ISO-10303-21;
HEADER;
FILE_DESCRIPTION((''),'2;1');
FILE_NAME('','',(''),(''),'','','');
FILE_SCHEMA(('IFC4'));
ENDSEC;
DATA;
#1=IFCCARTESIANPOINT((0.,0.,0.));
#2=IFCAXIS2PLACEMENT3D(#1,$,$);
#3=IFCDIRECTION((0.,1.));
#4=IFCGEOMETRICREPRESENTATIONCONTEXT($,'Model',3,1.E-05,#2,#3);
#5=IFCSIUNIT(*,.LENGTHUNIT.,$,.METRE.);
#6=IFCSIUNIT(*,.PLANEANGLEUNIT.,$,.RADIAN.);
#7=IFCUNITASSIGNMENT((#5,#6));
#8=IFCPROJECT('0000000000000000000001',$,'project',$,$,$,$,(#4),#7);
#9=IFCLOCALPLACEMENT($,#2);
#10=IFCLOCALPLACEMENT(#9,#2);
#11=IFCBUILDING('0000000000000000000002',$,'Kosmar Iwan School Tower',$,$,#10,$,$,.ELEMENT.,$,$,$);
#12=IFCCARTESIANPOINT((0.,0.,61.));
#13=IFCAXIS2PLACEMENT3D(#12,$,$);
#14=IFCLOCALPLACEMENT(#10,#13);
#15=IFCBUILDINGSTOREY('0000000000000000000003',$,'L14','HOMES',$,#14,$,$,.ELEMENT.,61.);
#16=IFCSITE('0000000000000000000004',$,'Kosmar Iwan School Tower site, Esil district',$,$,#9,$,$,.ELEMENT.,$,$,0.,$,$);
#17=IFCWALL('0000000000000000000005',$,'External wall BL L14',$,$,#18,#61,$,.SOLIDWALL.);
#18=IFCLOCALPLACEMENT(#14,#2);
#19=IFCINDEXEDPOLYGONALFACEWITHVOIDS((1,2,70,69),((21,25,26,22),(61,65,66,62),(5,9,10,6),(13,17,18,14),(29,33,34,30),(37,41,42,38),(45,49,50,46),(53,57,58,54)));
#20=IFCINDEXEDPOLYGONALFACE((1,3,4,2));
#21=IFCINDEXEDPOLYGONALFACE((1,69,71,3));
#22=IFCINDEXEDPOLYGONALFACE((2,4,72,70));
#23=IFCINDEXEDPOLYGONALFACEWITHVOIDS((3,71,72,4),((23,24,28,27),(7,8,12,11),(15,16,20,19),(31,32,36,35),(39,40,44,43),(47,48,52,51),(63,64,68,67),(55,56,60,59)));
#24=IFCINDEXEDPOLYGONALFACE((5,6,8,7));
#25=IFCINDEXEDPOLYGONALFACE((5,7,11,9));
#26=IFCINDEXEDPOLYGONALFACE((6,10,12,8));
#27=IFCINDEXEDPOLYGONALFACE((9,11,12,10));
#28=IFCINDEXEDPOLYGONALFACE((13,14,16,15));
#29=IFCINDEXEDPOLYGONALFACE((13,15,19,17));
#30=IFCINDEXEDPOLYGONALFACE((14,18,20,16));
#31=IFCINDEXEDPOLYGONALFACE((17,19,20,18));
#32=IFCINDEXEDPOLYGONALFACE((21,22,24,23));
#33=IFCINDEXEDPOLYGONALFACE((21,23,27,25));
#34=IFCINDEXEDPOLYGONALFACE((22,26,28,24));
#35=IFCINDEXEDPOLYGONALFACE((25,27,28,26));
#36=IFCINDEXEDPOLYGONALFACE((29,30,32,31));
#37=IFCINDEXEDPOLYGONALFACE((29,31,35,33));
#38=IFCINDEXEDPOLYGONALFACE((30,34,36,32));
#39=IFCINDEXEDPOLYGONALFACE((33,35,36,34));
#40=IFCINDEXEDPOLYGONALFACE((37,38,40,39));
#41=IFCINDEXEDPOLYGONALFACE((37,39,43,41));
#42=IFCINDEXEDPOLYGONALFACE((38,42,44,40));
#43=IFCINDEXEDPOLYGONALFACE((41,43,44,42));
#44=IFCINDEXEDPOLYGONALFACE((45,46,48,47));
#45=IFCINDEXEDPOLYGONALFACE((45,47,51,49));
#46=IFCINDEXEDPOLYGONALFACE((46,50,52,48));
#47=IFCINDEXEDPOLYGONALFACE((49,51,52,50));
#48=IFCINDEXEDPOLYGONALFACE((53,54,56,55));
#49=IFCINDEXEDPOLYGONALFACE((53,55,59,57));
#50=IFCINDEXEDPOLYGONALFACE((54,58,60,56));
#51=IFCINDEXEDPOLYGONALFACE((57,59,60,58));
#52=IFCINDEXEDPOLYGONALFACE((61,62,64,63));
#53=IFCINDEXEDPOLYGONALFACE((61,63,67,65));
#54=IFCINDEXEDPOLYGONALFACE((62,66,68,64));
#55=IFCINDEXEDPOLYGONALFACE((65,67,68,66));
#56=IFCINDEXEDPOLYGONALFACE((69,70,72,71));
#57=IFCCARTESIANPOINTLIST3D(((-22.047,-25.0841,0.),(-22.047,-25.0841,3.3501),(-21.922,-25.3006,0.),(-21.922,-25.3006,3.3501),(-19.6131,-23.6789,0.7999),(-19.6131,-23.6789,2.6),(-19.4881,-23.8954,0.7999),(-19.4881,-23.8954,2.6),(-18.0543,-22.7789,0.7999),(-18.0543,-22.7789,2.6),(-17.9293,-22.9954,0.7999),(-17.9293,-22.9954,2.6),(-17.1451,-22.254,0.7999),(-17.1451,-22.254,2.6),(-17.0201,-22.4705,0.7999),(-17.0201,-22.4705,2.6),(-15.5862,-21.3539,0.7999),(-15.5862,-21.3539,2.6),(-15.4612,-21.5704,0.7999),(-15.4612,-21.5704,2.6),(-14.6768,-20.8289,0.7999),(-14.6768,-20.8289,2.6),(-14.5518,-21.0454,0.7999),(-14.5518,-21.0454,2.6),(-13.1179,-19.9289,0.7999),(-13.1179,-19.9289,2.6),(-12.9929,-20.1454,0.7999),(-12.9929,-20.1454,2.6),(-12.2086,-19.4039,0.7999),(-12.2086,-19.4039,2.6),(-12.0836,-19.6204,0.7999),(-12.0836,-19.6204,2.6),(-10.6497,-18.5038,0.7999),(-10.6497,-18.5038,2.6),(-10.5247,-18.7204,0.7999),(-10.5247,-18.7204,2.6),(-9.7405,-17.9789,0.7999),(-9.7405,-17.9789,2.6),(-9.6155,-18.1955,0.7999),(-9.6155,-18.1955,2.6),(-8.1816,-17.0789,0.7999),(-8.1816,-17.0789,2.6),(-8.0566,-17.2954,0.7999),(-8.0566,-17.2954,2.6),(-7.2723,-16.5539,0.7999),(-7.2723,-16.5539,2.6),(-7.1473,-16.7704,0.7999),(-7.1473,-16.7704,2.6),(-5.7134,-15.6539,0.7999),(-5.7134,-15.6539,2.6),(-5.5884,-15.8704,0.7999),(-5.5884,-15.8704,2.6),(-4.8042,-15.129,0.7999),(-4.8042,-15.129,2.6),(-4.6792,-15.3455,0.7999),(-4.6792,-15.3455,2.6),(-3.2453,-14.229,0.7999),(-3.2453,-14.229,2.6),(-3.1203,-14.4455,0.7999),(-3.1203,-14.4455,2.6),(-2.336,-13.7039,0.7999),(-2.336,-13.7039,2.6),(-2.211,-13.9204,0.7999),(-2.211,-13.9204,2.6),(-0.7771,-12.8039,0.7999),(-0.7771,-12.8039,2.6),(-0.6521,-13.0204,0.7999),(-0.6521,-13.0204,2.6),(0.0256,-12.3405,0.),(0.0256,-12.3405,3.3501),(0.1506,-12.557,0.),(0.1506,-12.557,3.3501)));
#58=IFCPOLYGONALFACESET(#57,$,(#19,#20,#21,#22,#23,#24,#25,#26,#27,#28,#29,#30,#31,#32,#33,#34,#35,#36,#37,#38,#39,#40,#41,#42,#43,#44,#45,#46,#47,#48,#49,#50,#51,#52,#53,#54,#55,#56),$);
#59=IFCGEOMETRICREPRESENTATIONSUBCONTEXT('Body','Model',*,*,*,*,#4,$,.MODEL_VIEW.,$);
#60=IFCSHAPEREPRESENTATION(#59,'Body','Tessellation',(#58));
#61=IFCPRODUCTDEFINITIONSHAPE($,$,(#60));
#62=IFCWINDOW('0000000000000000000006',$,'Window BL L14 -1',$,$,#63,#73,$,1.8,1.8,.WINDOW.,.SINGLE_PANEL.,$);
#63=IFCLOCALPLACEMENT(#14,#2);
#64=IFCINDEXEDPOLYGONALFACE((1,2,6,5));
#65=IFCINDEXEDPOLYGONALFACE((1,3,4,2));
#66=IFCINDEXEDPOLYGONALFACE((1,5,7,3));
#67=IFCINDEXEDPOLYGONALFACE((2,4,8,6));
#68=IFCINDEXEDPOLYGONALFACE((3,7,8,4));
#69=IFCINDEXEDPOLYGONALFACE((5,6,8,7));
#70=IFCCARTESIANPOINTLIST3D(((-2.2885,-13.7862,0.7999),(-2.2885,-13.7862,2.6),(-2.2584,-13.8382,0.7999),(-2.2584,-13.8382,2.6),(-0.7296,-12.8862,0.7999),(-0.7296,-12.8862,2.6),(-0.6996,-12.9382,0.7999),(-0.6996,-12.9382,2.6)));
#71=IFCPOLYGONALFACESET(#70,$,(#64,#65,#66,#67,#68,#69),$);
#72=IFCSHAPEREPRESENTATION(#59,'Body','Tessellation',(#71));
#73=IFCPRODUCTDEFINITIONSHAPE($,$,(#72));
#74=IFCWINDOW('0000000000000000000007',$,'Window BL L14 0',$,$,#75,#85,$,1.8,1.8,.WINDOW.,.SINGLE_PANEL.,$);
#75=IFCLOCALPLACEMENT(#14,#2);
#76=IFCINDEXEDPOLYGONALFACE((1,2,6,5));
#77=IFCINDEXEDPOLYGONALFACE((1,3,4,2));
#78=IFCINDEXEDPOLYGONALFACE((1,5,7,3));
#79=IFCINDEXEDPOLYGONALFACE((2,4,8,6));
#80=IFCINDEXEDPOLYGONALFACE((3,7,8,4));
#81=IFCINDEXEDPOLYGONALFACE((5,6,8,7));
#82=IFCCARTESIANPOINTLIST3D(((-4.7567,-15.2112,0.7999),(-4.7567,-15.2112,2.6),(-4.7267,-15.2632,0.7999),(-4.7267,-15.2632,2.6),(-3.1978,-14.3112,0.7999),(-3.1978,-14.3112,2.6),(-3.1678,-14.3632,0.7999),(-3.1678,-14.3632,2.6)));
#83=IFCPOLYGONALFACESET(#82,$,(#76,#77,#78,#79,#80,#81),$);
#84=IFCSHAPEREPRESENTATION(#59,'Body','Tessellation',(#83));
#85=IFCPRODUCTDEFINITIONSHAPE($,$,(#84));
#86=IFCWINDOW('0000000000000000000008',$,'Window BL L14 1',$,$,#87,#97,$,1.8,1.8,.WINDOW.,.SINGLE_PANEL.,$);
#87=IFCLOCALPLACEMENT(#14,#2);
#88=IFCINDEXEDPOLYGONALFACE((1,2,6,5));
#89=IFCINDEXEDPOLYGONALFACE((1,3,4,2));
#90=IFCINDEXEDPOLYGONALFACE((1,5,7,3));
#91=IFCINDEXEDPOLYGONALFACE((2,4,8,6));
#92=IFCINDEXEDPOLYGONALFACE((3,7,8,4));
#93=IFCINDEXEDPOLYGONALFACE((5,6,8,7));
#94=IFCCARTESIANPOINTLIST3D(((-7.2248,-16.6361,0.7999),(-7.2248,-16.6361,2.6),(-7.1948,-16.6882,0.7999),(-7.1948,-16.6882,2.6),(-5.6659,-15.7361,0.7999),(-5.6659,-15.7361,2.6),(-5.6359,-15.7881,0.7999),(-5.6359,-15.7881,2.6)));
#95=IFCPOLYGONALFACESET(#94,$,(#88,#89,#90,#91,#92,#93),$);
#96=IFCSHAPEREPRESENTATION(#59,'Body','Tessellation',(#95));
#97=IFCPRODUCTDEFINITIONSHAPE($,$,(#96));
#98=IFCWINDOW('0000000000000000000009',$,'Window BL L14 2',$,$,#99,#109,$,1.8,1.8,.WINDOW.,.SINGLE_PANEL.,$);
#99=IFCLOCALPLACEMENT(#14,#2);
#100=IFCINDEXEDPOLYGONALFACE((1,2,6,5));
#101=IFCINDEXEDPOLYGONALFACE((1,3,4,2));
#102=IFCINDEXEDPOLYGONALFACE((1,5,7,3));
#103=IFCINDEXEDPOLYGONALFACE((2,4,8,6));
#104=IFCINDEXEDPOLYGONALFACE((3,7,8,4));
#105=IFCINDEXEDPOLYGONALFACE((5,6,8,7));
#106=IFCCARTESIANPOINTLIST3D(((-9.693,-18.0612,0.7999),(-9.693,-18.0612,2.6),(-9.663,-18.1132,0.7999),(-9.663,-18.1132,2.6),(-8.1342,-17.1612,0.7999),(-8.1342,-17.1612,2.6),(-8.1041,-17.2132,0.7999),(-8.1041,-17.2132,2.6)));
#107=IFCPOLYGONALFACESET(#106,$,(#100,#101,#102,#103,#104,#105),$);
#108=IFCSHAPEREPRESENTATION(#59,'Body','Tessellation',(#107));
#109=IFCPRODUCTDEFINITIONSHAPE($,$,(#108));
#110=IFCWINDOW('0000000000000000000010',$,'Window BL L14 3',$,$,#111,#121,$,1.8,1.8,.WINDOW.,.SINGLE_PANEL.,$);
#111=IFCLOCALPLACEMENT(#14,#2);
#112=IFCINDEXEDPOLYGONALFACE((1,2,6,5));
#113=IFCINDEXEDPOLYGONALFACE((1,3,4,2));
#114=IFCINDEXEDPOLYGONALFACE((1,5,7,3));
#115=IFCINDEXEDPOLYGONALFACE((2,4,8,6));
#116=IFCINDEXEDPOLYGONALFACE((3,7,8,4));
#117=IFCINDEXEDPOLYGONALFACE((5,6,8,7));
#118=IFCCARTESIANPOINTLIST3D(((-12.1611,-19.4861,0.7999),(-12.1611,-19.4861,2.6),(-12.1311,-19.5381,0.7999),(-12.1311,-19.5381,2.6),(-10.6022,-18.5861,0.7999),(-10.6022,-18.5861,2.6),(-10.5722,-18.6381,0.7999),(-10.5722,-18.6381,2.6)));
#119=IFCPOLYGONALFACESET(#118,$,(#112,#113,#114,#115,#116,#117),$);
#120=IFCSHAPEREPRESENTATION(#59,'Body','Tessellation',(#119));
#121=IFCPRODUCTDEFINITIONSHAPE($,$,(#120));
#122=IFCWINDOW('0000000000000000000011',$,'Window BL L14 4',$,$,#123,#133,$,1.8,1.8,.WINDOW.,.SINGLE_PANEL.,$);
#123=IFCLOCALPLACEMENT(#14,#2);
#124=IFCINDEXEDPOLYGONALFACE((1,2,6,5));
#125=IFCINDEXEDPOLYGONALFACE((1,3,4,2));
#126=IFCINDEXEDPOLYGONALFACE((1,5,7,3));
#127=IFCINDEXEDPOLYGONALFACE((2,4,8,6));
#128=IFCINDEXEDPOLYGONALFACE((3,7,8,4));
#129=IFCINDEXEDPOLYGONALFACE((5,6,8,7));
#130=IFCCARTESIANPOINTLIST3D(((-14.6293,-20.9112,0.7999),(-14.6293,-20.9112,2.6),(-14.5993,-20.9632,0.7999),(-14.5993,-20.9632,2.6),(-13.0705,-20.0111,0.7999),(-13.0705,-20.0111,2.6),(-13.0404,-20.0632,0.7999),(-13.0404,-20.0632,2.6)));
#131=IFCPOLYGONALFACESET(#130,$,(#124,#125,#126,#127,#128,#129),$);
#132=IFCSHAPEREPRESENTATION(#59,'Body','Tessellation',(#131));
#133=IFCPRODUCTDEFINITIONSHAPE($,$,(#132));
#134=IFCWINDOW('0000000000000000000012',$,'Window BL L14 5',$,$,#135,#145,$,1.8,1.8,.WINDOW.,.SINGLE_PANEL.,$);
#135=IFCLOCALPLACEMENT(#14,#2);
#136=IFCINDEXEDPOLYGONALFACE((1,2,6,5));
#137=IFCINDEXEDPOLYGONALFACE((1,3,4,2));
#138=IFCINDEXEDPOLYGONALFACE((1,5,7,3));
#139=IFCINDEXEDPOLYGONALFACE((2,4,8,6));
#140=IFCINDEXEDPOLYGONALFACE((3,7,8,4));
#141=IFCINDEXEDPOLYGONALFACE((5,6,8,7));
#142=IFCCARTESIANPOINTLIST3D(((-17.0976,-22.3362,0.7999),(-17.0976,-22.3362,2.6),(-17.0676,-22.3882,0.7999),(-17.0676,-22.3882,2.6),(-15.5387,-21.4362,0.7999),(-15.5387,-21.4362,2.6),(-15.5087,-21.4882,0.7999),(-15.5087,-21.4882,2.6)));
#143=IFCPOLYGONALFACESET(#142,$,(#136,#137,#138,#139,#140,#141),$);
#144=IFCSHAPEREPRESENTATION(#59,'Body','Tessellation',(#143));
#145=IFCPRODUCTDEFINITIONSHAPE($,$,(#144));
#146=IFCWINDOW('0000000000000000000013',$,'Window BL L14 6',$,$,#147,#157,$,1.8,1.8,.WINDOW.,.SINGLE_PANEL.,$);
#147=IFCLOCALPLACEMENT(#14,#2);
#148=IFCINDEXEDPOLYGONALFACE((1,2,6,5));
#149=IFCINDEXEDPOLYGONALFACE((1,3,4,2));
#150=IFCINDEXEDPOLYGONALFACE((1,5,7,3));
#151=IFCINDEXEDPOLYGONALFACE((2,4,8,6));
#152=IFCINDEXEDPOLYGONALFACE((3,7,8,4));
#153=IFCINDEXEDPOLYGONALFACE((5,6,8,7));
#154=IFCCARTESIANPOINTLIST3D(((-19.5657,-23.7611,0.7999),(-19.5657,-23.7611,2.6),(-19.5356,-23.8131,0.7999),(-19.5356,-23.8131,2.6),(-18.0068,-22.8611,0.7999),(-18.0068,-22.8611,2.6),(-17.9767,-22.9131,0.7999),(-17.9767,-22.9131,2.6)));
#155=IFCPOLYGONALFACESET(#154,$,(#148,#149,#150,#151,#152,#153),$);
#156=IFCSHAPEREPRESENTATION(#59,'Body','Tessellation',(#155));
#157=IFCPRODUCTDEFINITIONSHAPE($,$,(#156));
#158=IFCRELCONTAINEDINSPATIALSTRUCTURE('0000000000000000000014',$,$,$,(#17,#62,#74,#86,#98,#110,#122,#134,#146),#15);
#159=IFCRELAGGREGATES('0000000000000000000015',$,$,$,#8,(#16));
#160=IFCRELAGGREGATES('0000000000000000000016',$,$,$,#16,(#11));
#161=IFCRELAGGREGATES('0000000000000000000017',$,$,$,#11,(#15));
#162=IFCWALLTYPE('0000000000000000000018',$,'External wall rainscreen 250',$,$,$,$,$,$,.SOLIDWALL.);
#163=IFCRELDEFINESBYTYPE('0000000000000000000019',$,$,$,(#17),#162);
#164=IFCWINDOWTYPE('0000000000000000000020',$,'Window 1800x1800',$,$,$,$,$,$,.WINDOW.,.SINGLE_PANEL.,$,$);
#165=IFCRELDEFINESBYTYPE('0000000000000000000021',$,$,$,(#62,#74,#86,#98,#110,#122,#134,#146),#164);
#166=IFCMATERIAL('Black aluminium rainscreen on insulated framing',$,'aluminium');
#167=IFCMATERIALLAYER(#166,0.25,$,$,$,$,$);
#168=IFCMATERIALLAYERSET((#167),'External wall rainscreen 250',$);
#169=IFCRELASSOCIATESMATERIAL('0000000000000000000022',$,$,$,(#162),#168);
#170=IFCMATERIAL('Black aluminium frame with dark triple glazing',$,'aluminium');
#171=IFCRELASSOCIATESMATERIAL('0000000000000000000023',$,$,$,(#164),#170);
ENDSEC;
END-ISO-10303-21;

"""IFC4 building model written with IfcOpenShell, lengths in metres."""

from ifc_helpers import new_model, si_unit, direction, frame, frame_2d, origin, place, context, subcontext, project, spatial, rectangle, extrude, material, layer, layer_set, type_object, element, fill, save


model = new_model("IFC4")

# Units and contexts
model_context = context("Model", 3, precision=1e-05, world=origin(), true_north=direction((0.0, 1.0)))
body_context = subcontext(model_context, "Body", "Model", "MODEL_VIEW")
ifc_project = project(units=[si_unit("LENGTHUNIT", "METRE"), si_unit("PLANEANGLEUNIT", "RADIAN")], contexts=[model_context])

# Site, building, storey
site_placement = place(None, origin())
site = spatial("IfcSite", under=ifc_project, at=site_placement, Name="Kosmar Iwan School Tower site, Esil district", CompositionType="ELEMENT", RefElevation=0.0)
building_placement = place(site_placement, origin())
building = spatial("IfcBuilding", under=site, at=building_placement, Name="Kosmar Iwan School Tower", CompositionType="ELEMENT")
storey_placement = place(building_placement, frame((0.0, 0.0, 61.0)))
storey = spatial("IfcBuildingStorey", under=building, at=storey_placement, Name="L14", Description="HOMES", CompositionType="ELEMENT", Elevation=61.0)

# Wall, openings, windows
ifc_material_1 = material(Name="Black aluminium rainscreen on insulated framing", Category="aluminium")
ifc_layer = layer(ifc_material_1, 0.25)
ifc_layer_set = layer_set([ifc_layer], Name="External wall rainscreen 250")
wall_type = type_object("IfcWallType", Name="External wall rainscreen 250", PredefinedType="SOLIDWALL", material=ifc_layer_set)
wall_1_placement = place(storey_placement, frame((0.0881, -12.4487, 0.0), z_axis=(0.0, 0.0, 1.0), x_axis=(-0.866026, -0.499998, 0.0)))
wall_1 = element("IfcWall", 1, at=wall_1_placement, inside=storey, type_object=wall_type, Name="External wall BL L14", PredefinedType="SOLIDWALL", context=body_context, shape_type="SweptSolid", body=[
    extrude(rectangle(XDim=25.4873, YDim=0.25, at=frame_2d((12.7437, 0.0))), origin(), (0.0, 0.0, 1.0), 3.3501),
])
opening_1_placement = place(wall_1_placement, frame((0.927, 0.0, 0.8)))
opening_1 = element("IfcOpeningElement", 2, at=opening_1_placement, cuts=wall_1, PredefinedType="OPENING", context=body_context, shape_type="SweptSolid", body=[
    extrude(rectangle(XDim=1.8, YDim=1.8, at=frame_2d((0.8999, 0.8999))), frame((0.0, 0.137, 0.0), z_axis=(0.0, -1.0, 0.0), x_axis=(1.0, 0.0, 0.0)), (0.0, 0.0, 1.0), 0.2739),
])
opening_2_placement = place(wall_1_placement, frame((3.7771, 0.0, 0.8)))
opening_2 = element("IfcOpeningElement", 3, at=opening_2_placement, cuts=wall_1, PredefinedType="OPENING", context=body_context, shape_type="SweptSolid", body=[
    extrude(rectangle(XDim=1.8, YDim=1.8, at=frame_2d((0.8999, 0.8999))), frame((0.0, 0.137, 0.0), z_axis=(0.0, -1.0, 0.0), x_axis=(1.0, 0.0, 0.0)), (0.0, 0.0, 1.0), 0.2739),
])
opening_3_placement = place(wall_1_placement, frame((6.627, 0.0, 0.8)))
opening_3 = element("IfcOpeningElement", 4, at=opening_3_placement, cuts=wall_1, PredefinedType="OPENING", context=body_context, shape_type="SweptSolid", body=[
    extrude(rectangle(XDim=1.8, YDim=1.8, at=frame_2d((0.8999, 0.8999))), frame((0.0, 0.137, 0.0), z_axis=(0.0, -1.0, 0.0), x_axis=(1.0, 0.0, 0.0)), (0.0, 0.0, 1.0), 0.2739),
])
opening_4_placement = place(wall_1_placement, frame((9.4771, 0.0, 0.8)))
opening_4 = element("IfcOpeningElement", 5, at=opening_4_placement, cuts=wall_1, PredefinedType="OPENING", context=body_context, shape_type="SweptSolid", body=[
    extrude(rectangle(XDim=1.8, YDim=1.8, at=frame_2d((0.8999, 0.8999))), frame((0.0, 0.137, 0.0), z_axis=(0.0, -1.0, 0.0), x_axis=(1.0, 0.0, 0.0)), (0.0, 0.0, 1.0), 0.2739),
])
opening_5_placement = place(wall_1_placement, frame((12.3269, 0.0, 0.8)))
opening_5 = element("IfcOpeningElement", 6, at=opening_5_placement, cuts=wall_1, PredefinedType="OPENING", context=body_context, shape_type="SweptSolid", body=[
    extrude(rectangle(XDim=1.8, YDim=1.8, at=frame_2d((0.8999, 0.8999))), frame((0.0, 0.137, 0.0), z_axis=(0.0, -1.0, 0.0), x_axis=(1.0, 0.0, 0.0)), (0.0, 0.0, 1.0), 0.2739),
])
opening_6_placement = place(wall_1_placement, frame((15.177, 0.0, 0.8)))
opening_6 = element("IfcOpeningElement", 7, at=opening_6_placement, cuts=wall_1, PredefinedType="OPENING", context=body_context, shape_type="SweptSolid", body=[
    extrude(rectangle(XDim=1.8, YDim=1.8, at=frame_2d((0.8999, 0.8999))), frame((0.0, 0.137, 0.0), z_axis=(0.0, -1.0, 0.0), x_axis=(1.0, 0.0, 0.0)), (0.0, 0.0, 1.0), 0.2739),
])
opening_7_placement = place(wall_1_placement, frame((18.0271, 0.0, 0.8)))
opening_7 = element("IfcOpeningElement", 8, at=opening_7_placement, cuts=wall_1, PredefinedType="OPENING", context=body_context, shape_type="SweptSolid", body=[
    extrude(rectangle(XDim=1.8, YDim=1.8, at=frame_2d((0.8999, 0.8999))), frame((0.0, 0.137, 0.0), z_axis=(0.0, -1.0, 0.0), x_axis=(1.0, 0.0, 0.0)), (0.0, 0.0, 1.0), 0.2739),
])
opening_8_placement = place(wall_1_placement, frame((20.877, 0.0, 0.8)))
opening_8 = element("IfcOpeningElement", 9, at=opening_8_placement, cuts=wall_1, PredefinedType="OPENING", context=body_context, shape_type="SweptSolid", body=[
    extrude(rectangle(XDim=1.8, YDim=1.8, at=frame_2d((0.8999, 0.8999))), frame((0.0, 0.137, 0.0), z_axis=(0.0, -1.0, 0.0), x_axis=(1.0, 0.0, 0.0)), (0.0, 0.0, 1.0), 0.2739),
])
ifc_material_2 = material(Name="Black aluminium frame with dark triple glazing", Category="aluminium")
window_type = type_object("IfcWindowType", Name="Window 1800x1800", PartitioningType="SINGLE_PANEL", PredefinedType="WINDOW", material=ifc_material_2)
window_1_placement = place(opening_1_placement, origin())
window_1 = element("IfcWindow", 10, at=window_1_placement, inside=storey, type_object=window_type, Name="Window BL L14 -1", OverallHeight=1.8, OverallWidth=1.8, PartitioningType="SINGLE_PANEL", PredefinedType="WINDOW", context=body_context, shape_type="SweptSolid", body=[
    extrude(rectangle(XDim=1.8, YDim=1.8, at=frame_2d((0.8999, 0.8999))), frame((0.0, 0.03, 0.0), z_axis=(0.0, -1.0, 0.0), x_axis=(1.0, 0.0, 0.0)), (0.0, 0.0, 1.0), 0.0601),
])
fill(opening_1, window_1)
window_2_placement = place(opening_2_placement, origin())
window_2 = element("IfcWindow", 11, at=window_2_placement, inside=storey, type_object=window_type, Name="Window BL L14 0", OverallHeight=1.8, OverallWidth=1.8, PartitioningType="SINGLE_PANEL", PredefinedType="WINDOW", context=body_context, shape_type="SweptSolid", body=[
    extrude(rectangle(XDim=1.8, YDim=1.8, at=frame_2d((0.8999, 0.8999))), frame((0.0, 0.03, 0.0), z_axis=(0.0, -1.0, 0.0), x_axis=(1.0, 0.0, 0.0)), (0.0, 0.0, 1.0), 0.0601),
])
fill(opening_2, window_2)
window_3_placement = place(opening_3_placement, origin())
window_3 = element("IfcWindow", 12, at=window_3_placement, inside=storey, type_object=window_type, Name="Window BL L14 1", OverallHeight=1.8, OverallWidth=1.8, PartitioningType="SINGLE_PANEL", PredefinedType="WINDOW", context=body_context, shape_type="SweptSolid", body=[
    extrude(rectangle(XDim=1.8, YDim=1.8, at=frame_2d((0.8999, 0.8999))), frame((0.0, 0.03, 0.0), z_axis=(0.0, -1.0, 0.0), x_axis=(1.0, 0.0, 0.0)), (0.0, 0.0, 1.0), 0.0601),
])
fill(opening_3, window_3)
window_4_placement = place(opening_4_placement, origin())
window_4 = element("IfcWindow", 13, at=window_4_placement, inside=storey, type_object=window_type, Name="Window BL L14 2", OverallHeight=1.8, OverallWidth=1.8, PartitioningType="SINGLE_PANEL", PredefinedType="WINDOW", context=body_context, shape_type="SweptSolid", body=[
    extrude(rectangle(XDim=1.8, YDim=1.8, at=frame_2d((0.8999, 0.8999))), frame((0.0, 0.03, 0.0), z_axis=(0.0, -1.0, 0.0), x_axis=(1.0, 0.0, 0.0)), (0.0, 0.0, 1.0), 0.0601),
])
fill(opening_4, window_4)
window_5_placement = place(opening_5_placement, origin())
window_5 = element("IfcWindow", 14, at=window_5_placement, inside=storey, type_object=window_type, Name="Window BL L14 3", OverallHeight=1.8, OverallWidth=1.8, PartitioningType="SINGLE_PANEL", PredefinedType="WINDOW", context=body_context, shape_type="SweptSolid", body=[
    extrude(rectangle(XDim=1.8, YDim=1.8, at=frame_2d((0.8999, 0.8999))), frame((0.0, 0.03, 0.0), z_axis=(0.0, -1.0, 0.0), x_axis=(1.0, 0.0, 0.0)), (0.0, 0.0, 1.0), 0.0601),
])
fill(opening_5, window_5)
window_6_placement = place(opening_6_placement, origin())
window_6 = element("IfcWindow", 15, at=window_6_placement, inside=storey, type_object=window_type, Name="Window BL L14 4", OverallHeight=1.8, OverallWidth=1.8, PartitioningType="SINGLE_PANEL", PredefinedType="WINDOW", context=body_context, shape_type="SweptSolid", body=[
    extrude(rectangle(XDim=1.8, YDim=1.8, at=frame_2d((0.8999, 0.8999))), frame((0.0, 0.03, 0.0), z_axis=(0.0, -1.0, 0.0), x_axis=(1.0, 0.0, 0.0)), (0.0, 0.0, 1.0), 0.0601),
])
fill(opening_6, window_6)
window_7_placement = place(opening_7_placement, origin())
window_7 = element("IfcWindow", 16, at=window_7_placement, inside=storey, type_object=window_type, Name="Window BL L14 5", OverallHeight=1.8, OverallWidth=1.8, PartitioningType="SINGLE_PANEL", PredefinedType="WINDOW", context=body_context, shape_type="SweptSolid", body=[
    extrude(rectangle(XDim=1.8, YDim=1.8, at=frame_2d((0.8999, 0.8999))), frame((0.0, 0.03, 0.0), z_axis=(0.0, -1.0, 0.0), x_axis=(1.0, 0.0, 0.0)), (0.0, 0.0, 1.0), 0.0601),
])
fill(opening_7, window_7)
window_8_placement = place(opening_8_placement, origin())
window_8 = element("IfcWindow", 17, at=window_8_placement, inside=storey, type_object=window_type, Name="Window BL L14 6", OverallHeight=1.8, OverallWidth=1.8, PartitioningType="SINGLE_PANEL", PredefinedType="WINDOW", context=body_context, shape_type="SweptSolid", body=[
    extrude(rectangle(XDim=1.8, YDim=1.8, at=frame_2d((0.8999, 0.8999))), frame((0.0, 0.03, 0.0), z_axis=(0.0, -1.0, 0.0), x_axis=(1.0, 0.0, 0.0)), (0.0, 0.0, 1.0), 0.0601),
])
fill(opening_8, window_8)

save(model, "model.ifc")
